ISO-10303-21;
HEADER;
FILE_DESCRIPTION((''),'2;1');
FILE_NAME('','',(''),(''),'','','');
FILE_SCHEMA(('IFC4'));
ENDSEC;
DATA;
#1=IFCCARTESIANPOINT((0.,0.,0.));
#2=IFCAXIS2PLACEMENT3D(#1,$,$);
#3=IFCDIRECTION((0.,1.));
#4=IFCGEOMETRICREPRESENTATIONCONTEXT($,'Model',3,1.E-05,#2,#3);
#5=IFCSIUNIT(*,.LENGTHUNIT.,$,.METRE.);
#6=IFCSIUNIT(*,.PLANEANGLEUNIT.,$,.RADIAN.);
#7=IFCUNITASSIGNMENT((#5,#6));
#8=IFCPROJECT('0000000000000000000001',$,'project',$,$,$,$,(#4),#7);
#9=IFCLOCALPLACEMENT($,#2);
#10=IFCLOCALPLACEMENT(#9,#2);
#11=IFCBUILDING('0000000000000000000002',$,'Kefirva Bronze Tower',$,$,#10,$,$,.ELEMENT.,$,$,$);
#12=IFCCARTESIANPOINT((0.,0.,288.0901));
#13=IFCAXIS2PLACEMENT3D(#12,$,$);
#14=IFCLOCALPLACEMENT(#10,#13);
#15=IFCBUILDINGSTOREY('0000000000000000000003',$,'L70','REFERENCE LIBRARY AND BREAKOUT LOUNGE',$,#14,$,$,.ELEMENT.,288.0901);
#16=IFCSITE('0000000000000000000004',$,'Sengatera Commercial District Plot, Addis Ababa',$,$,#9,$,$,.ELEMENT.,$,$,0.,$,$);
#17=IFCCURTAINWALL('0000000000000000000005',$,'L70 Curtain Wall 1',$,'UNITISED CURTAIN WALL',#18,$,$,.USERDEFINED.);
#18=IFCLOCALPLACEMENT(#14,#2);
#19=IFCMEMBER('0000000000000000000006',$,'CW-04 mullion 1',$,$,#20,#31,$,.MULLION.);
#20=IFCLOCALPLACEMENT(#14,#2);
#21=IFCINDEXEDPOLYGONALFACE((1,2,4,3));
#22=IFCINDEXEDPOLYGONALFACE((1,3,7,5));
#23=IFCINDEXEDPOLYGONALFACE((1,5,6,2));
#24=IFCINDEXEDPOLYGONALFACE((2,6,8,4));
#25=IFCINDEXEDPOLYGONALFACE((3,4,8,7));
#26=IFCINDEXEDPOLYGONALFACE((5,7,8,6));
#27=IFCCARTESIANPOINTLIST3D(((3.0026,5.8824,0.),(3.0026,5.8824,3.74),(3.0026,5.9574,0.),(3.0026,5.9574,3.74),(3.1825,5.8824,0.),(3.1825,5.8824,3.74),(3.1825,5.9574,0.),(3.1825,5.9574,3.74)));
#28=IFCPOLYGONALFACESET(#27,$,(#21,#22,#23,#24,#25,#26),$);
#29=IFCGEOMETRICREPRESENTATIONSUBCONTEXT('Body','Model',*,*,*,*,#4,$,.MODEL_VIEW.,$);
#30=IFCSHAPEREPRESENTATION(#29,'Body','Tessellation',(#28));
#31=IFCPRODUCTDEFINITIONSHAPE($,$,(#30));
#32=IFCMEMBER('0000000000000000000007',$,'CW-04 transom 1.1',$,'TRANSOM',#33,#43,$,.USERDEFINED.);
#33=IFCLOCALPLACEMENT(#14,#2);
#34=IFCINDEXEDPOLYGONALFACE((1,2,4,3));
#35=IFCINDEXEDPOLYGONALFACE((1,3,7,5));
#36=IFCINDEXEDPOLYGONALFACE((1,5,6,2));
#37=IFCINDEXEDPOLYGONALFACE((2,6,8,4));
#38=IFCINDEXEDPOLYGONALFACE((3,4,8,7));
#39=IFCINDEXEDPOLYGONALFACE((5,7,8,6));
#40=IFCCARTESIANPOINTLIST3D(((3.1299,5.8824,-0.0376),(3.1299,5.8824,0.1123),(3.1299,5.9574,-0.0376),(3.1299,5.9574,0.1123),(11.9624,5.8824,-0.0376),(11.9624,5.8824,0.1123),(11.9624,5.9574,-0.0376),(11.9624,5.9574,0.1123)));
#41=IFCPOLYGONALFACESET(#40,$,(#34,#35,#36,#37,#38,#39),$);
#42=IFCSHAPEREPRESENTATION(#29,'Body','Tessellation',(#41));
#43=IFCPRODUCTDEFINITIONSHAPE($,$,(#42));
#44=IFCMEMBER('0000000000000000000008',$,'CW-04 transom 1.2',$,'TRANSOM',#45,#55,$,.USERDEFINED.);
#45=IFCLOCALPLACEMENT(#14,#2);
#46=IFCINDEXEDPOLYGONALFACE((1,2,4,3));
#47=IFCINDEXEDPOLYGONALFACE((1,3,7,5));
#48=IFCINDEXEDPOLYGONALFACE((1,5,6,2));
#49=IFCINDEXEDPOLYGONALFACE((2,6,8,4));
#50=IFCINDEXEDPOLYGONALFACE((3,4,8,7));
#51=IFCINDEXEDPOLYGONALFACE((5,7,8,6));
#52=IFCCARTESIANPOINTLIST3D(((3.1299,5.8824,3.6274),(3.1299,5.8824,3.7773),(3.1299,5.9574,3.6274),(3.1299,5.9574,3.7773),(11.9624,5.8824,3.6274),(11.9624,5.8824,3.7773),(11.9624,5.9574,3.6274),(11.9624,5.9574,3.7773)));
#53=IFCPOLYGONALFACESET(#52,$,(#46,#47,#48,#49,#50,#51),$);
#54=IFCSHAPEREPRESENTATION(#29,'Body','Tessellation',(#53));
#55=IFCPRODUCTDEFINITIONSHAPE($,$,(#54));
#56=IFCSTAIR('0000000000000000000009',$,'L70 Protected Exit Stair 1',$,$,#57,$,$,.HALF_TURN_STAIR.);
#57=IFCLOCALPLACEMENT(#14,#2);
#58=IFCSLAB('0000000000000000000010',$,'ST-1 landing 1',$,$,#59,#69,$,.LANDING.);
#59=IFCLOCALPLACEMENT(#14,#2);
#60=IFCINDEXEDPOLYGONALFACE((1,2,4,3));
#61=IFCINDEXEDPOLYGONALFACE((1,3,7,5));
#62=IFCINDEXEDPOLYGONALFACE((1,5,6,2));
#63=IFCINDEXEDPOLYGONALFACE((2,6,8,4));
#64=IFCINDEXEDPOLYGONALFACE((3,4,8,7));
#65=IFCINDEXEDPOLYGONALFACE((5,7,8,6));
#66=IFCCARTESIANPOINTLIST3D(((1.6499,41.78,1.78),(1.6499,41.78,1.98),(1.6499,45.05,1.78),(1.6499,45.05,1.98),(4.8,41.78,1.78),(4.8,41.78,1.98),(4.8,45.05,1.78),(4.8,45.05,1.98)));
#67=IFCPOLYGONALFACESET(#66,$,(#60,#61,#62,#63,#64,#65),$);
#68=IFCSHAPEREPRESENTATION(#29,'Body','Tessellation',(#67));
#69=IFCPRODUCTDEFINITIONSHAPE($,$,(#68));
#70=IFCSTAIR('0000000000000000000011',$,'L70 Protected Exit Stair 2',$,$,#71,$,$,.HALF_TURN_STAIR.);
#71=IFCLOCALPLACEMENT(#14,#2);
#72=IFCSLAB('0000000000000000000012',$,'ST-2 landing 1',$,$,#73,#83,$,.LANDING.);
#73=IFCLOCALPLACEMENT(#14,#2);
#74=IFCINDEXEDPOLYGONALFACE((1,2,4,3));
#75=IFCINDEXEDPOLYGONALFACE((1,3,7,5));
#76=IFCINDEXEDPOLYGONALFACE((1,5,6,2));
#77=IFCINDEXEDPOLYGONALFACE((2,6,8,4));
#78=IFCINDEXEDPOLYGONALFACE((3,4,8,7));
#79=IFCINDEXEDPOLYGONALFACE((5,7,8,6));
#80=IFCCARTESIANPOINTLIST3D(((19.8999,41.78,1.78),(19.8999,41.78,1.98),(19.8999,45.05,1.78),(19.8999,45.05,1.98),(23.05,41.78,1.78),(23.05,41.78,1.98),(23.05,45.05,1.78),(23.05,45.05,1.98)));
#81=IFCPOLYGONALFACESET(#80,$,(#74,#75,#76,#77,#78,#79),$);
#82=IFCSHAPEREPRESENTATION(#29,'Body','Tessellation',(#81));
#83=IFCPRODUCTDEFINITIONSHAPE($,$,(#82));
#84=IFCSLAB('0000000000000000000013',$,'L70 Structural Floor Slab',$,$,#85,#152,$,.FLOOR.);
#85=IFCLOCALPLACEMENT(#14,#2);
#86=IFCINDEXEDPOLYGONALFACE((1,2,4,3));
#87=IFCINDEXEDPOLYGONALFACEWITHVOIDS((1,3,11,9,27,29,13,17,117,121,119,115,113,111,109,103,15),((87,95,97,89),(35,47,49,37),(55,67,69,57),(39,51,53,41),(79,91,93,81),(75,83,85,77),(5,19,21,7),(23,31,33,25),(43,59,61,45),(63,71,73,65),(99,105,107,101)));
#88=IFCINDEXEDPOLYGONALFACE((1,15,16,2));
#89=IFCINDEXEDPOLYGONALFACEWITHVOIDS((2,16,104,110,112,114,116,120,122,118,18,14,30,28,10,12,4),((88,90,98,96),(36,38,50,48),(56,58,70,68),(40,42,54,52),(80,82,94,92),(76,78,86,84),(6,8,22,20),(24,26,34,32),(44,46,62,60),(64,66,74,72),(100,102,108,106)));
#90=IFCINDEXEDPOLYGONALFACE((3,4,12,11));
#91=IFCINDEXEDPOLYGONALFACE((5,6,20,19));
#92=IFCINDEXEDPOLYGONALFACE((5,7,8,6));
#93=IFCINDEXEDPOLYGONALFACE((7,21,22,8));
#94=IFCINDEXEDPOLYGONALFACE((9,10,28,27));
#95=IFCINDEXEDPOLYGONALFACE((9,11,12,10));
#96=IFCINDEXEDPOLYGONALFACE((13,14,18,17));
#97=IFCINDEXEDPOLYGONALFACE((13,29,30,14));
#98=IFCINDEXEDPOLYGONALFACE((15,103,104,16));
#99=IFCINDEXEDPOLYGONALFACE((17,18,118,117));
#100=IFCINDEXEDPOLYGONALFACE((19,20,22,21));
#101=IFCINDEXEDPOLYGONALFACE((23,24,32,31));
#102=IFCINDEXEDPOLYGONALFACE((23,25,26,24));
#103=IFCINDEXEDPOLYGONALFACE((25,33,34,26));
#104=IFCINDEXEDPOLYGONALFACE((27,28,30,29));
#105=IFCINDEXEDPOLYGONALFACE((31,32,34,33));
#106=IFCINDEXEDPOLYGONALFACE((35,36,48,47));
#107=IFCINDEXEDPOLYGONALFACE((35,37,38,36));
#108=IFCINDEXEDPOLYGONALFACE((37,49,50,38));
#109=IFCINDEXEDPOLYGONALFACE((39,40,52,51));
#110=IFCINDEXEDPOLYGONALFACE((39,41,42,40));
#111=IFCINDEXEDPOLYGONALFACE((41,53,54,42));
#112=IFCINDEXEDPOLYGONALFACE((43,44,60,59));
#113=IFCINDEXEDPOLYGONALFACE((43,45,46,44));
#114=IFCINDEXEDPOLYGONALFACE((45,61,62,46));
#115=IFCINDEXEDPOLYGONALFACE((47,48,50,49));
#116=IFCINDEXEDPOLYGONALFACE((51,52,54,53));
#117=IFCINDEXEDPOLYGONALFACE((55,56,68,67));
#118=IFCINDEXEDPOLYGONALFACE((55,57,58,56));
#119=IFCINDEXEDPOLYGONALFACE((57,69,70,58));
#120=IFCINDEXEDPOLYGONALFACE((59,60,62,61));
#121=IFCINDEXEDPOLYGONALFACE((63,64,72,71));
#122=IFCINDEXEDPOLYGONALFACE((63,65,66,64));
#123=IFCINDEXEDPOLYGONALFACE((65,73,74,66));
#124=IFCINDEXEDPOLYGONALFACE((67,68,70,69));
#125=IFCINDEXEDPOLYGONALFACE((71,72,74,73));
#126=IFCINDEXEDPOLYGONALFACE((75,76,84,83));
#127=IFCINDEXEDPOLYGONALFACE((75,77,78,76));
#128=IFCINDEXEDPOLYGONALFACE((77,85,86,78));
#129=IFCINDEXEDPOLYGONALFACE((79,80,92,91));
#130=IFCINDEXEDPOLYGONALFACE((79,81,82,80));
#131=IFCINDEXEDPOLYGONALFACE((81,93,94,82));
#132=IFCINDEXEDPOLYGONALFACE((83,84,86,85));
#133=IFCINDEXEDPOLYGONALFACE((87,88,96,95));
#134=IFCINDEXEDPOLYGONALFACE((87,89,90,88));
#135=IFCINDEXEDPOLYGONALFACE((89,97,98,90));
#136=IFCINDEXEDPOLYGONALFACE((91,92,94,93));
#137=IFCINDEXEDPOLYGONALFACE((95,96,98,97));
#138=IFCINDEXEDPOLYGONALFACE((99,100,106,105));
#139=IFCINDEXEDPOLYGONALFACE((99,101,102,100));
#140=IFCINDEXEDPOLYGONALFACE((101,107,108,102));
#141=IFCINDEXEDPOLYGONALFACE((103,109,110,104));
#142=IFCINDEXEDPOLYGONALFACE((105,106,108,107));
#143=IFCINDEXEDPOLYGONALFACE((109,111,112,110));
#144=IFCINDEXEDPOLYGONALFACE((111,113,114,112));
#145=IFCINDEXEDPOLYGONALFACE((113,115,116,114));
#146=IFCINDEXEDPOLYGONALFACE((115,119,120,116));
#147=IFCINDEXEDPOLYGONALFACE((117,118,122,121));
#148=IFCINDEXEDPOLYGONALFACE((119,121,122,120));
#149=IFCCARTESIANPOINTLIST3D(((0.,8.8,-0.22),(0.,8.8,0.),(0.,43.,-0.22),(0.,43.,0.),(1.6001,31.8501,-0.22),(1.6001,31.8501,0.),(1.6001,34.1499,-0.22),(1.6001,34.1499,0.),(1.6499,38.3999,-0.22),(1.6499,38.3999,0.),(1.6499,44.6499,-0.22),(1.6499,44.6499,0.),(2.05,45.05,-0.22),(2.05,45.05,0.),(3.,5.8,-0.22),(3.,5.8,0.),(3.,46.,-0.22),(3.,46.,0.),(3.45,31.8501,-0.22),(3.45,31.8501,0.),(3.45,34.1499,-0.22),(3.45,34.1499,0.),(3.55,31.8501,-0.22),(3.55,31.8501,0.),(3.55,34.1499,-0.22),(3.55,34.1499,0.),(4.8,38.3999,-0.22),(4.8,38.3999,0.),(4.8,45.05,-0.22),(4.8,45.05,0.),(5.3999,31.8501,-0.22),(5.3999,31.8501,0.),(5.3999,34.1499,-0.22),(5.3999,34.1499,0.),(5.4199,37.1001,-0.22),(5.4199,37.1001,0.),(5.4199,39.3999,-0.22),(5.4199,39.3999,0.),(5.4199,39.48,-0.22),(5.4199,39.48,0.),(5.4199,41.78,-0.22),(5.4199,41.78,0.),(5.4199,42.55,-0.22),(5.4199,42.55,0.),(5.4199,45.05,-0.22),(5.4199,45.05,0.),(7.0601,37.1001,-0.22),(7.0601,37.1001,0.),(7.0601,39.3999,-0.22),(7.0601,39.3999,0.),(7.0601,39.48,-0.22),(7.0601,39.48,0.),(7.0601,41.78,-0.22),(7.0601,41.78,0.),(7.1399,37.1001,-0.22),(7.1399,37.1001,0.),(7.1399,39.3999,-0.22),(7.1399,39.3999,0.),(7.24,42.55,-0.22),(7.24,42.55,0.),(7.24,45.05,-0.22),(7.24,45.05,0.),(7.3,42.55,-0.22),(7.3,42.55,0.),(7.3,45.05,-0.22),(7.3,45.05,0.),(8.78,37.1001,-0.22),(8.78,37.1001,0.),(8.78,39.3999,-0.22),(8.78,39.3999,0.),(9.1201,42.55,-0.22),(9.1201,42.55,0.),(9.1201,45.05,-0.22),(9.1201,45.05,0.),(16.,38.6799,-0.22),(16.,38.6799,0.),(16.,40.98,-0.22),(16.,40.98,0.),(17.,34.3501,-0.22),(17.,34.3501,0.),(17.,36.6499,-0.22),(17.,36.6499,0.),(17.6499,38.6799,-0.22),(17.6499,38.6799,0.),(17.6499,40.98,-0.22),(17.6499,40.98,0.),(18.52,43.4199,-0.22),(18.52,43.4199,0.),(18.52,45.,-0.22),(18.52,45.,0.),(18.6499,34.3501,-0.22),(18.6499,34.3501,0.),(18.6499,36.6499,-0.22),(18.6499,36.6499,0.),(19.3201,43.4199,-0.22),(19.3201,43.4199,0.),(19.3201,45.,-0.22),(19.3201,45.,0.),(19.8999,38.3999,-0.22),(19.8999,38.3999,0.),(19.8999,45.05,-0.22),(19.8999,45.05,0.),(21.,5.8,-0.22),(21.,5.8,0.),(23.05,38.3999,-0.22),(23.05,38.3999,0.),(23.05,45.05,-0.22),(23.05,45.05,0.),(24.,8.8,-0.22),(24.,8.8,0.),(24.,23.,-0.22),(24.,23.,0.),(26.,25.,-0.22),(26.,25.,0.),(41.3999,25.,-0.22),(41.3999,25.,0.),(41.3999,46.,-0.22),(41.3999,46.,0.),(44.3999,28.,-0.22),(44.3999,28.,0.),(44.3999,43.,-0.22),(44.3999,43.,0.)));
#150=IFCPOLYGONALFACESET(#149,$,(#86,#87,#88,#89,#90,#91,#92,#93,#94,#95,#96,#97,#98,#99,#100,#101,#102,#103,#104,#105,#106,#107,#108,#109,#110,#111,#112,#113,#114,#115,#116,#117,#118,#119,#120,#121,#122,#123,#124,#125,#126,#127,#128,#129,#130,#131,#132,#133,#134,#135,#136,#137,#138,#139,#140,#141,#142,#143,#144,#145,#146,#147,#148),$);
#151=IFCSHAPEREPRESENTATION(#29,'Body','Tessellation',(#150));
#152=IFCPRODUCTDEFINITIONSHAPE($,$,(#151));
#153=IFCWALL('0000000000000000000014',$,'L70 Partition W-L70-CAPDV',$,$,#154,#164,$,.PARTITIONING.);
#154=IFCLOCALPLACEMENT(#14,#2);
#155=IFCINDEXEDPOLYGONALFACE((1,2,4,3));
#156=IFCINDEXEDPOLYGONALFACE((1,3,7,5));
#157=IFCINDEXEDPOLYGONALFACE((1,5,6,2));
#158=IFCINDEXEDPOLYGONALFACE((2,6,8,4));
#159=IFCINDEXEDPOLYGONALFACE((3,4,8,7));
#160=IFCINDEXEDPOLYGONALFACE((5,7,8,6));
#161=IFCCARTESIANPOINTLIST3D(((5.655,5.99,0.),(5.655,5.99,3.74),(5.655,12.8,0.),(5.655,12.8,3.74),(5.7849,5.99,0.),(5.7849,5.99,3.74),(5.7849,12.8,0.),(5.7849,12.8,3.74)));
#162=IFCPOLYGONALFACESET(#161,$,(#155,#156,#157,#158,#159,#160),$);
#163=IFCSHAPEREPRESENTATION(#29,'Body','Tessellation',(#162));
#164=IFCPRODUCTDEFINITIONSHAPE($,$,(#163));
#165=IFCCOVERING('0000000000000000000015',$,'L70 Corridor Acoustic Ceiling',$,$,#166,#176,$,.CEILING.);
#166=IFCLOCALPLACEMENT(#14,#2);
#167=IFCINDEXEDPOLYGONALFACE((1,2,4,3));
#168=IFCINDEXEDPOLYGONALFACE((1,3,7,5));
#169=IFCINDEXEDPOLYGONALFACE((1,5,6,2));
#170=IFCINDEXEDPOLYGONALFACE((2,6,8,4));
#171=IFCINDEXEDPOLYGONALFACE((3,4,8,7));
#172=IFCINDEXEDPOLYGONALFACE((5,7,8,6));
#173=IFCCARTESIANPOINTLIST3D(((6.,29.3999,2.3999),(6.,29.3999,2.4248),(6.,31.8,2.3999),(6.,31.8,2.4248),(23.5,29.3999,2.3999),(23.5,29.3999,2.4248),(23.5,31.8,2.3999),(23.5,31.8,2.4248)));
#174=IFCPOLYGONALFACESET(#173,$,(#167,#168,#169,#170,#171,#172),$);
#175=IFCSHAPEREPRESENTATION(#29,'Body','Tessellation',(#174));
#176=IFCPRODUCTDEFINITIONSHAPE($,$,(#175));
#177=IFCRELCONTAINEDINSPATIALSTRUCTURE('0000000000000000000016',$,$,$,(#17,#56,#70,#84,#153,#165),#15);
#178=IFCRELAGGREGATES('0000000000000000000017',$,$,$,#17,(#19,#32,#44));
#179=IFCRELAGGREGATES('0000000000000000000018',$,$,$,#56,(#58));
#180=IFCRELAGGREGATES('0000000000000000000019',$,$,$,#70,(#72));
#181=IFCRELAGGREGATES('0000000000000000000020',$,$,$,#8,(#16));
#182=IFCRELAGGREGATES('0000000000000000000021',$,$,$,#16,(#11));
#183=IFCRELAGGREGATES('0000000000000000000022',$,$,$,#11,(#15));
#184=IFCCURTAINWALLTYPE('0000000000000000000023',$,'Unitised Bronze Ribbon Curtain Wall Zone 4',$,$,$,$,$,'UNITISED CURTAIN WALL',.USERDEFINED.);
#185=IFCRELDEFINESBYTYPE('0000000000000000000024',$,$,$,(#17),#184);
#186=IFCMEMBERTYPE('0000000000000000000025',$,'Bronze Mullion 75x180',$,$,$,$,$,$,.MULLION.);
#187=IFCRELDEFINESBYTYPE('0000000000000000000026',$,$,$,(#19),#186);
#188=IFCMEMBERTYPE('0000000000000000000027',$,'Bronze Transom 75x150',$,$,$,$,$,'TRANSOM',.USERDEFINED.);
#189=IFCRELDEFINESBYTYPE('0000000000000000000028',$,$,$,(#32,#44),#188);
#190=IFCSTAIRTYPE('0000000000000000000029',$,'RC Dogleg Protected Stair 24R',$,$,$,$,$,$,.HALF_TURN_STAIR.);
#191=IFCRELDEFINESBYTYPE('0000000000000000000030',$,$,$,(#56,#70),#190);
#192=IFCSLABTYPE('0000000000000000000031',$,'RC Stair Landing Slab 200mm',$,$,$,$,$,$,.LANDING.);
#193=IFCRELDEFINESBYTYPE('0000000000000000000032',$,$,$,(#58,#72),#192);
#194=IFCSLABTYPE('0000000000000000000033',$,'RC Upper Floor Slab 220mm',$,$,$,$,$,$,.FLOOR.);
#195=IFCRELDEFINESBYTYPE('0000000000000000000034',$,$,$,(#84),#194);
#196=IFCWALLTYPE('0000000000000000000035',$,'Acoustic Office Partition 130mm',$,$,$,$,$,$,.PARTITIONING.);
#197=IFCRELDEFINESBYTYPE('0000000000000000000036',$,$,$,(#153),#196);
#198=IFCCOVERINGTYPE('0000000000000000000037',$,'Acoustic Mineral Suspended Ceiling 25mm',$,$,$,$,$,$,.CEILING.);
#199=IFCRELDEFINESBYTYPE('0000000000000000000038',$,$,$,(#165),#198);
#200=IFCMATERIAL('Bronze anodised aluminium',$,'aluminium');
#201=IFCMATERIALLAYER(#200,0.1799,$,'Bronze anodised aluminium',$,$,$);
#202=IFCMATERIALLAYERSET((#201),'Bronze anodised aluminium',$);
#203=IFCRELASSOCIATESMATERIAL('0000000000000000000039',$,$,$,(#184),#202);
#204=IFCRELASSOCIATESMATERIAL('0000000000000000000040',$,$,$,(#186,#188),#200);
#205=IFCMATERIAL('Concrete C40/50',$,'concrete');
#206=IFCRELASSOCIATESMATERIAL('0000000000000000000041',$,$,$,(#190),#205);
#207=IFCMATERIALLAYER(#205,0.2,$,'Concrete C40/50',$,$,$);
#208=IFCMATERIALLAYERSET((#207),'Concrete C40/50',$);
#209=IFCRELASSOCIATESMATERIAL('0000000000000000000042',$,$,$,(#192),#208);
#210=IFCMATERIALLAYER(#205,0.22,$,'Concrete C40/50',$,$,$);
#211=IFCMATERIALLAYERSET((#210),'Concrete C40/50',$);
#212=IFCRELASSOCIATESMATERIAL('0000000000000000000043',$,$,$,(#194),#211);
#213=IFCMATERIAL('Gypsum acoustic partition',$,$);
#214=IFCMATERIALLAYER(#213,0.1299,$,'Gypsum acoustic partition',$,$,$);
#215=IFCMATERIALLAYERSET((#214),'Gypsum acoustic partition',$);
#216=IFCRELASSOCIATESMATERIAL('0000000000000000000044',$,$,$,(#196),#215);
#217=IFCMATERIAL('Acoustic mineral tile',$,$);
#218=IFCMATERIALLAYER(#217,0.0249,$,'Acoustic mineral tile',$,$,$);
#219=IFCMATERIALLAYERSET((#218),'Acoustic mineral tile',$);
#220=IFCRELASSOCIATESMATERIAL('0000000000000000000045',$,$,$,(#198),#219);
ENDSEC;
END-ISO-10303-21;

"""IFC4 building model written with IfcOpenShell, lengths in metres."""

from ifc_helpers import new_model, si_unit, direction, frame, frame_2d, origin, origin_2d, place, context, subcontext, project, spatial, polyline, rectangle, outline, extrude, material, layer, layer_set, material_profile, profile_set, type_object, element, aggregate, save


model = new_model("IFC4")

# Units and contexts
model_context = context("Model", 3, precision=1e-05, world=origin(), true_north=direction((0.0, 1.0)))
body_context = subcontext(model_context, "Body", "Model", "MODEL_VIEW")
ifc_project = project(units=[si_unit("LENGTHUNIT", "METRE"), si_unit("PLANEANGLEUNIT", "RADIAN")], contexts=[model_context])

# Site, building, storey
site_placement = place(None, origin())
site = spatial("IfcSite", under=ifc_project, at=site_placement, Name="Sengatera Commercial District Plot, Addis Ababa", CompositionType="ELEMENT", RefElevation=0.0)
building_placement = place(site_placement, origin())
building = spatial("IfcBuilding", under=site, at=building_placement, Name="Kefirva Bronze Tower", CompositionType="ELEMENT")
storey_placement = place(building_placement, frame((0.0, 0.0, 288.0901)))
storey = spatial("IfcBuildingStorey", under=building, at=storey_placement, Name="L70", Description="REFERENCE LIBRARY AND BREAKOUT LOUNGE", CompositionType="ELEMENT", Elevation=288.0901)

# Curtain wall, members
ifc_material_1 = material(Name="Bronze anodised aluminium", Category="aluminium")
ifc_layer_1 = layer(ifc_material_1, 0.1799, Name="Bronze anodised aluminium")
ifc_layer_set_1 = layer_set([ifc_layer_1], Name="Bronze anodised aluminium")
curtain_wall_type = type_object("IfcCurtainWallType", Name="Unitised Bronze Ribbon Curtain Wall Zone 4", ElementType="UNITISED CURTAIN WALL", PredefinedType="USERDEFINED", material=ifc_layer_set_1)
curtain_wall_placement = place(storey_placement, origin())
curtain_wall = element("IfcCurtainWall", 1, at=curtain_wall_placement, inside=storey, type_object=curtain_wall_type, Name="L70 Curtain Wall 1", ObjectType="UNITISED CURTAIN WALL", PredefinedType="USERDEFINED")
ifc_material_profile_1 = material_profile(ifc_material_1, rectangle(XDim=0.075, YDim=0.1799, at=origin_2d()), Name="ALU 75x180")
ifc_profile_set_1 = profile_set([ifc_material_profile_1], Name="Bronze anodised aluminium")
member_type_1 = type_object("IfcMemberType", Name="Bronze Mullion 75x180", PredefinedType="MULLION", material=ifc_profile_set_1)
member_1_placement = place(storey_placement, frame((3.0925, 5.9199, 0.0), z_axis=(0.0, 0.0, 1.0), x_axis=(0.0, 1.0, 0.0)))
member_1 = element("IfcMember", 2, at=member_1_placement, type_object=member_type_1, Name="CW-04 mullion 1", PredefinedType="MULLION", context=body_context, shape_type="SweptSolid", body=[
    extrude(rectangle(XDim=0.075, YDim=0.1799, at=origin_2d()), origin(), (0.0, 0.0, 1.0), 3.74),
])
ifc_material_profile_2 = material_profile(ifc_material_1, rectangle(XDim=0.075, YDim=0.1499, at=origin_2d()), Name="ALU 75x150")
ifc_profile_set_2 = profile_set([ifc_material_profile_2], Name="Bronze anodised aluminium")
member_type_2 = type_object("IfcMemberType", Name="Bronze Transom 75x150", ElementType="TRANSOM", PredefinedType="USERDEFINED", material=ifc_profile_set_2)
member_2_placement = place(storey_placement, frame((3.1299, 5.9199, 0.0374), z_axis=(1.0, 0.0, 0.0), x_axis=(0.0, 1.0, 0.0)))
member_2 = element("IfcMember", 3, at=member_2_placement, type_object=member_type_2, Name="CW-04 transom 1.1", ObjectType="TRANSOM", PredefinedType="USERDEFINED", context=body_context, shape_type="SweptSolid", body=[
    extrude(rectangle(XDim=0.075, YDim=0.1499, at=origin_2d()), origin(), (0.0, 0.0, 1.0), 8.8325),
])
member_3_placement = place(storey_placement, frame((3.1299, 5.9199, 3.7024), z_axis=(1.0, 0.0, 0.0), x_axis=(0.0, 1.0, 0.0)))
member_3 = element("IfcMember", 4, at=member_3_placement, type_object=member_type_2, Name="CW-04 transom 1.2", ObjectType="TRANSOM", PredefinedType="USERDEFINED", context=body_context, shape_type="SweptSolid", body=[
    extrude(rectangle(XDim=0.075, YDim=0.1499, at=origin_2d()), origin(), (0.0, 0.0, 1.0), 8.8325),
])
aggregate(curtain_wall, [member_1, member_2, member_3])

# Stairs, slabs
ifc_material_2 = material(Name="Concrete C40/50", Category="concrete")
stair_type = type_object("IfcStairType", Name="RC Dogleg Protected Stair 24R", PredefinedType="HALF_TURN_STAIR", material=ifc_material_2)
stair_1_placement = place(storey_placement, origin())
stair_1 = element("IfcStair", 5, at=stair_1_placement, inside=storey, type_object=stair_type, Name="L70 Protected Exit Stair 1", PredefinedType="HALF_TURN_STAIR")
ifc_layer_2 = layer(ifc_material_2, 0.2, Name="Concrete C40/50")
ifc_layer_set_2 = layer_set([ifc_layer_2], Name="Concrete C40/50")
slab_type_1 = type_object("IfcSlabType", Name="RC Stair Landing Slab 200mm", PredefinedType="LANDING", material=ifc_layer_set_2)
slab_1_placement = place(storey_placement, frame((0.0, 0.0, 1.78)))
slab_1 = element("IfcSlab", 6, at=slab_1_placement, type_object=slab_type_1, Name="ST-1 landing 1", PredefinedType="LANDING", context=body_context, shape_type="SweptSolid", body=[
    extrude(outline(polyline([(4.8, 41.78), (4.8, 45.05), (1.6499, 45.05), (1.6499, 41.78), (4.8, 41.78)])), origin(), (0.0, 0.0, 1.0), 0.2),
])
aggregate(stair_1, [slab_1])
stair_2_placement = place(storey_placement, origin())
stair_2 = element("IfcStair", 7, at=stair_2_placement, inside=storey, type_object=stair_type, Name="L70 Protected Exit Stair 2", PredefinedType="HALF_TURN_STAIR")
slab_2_placement = place(storey_placement, frame((0.0, 0.0, 1.78)))
slab_2 = element("IfcSlab", 8, at=slab_2_placement, type_object=slab_type_1, Name="ST-2 landing 1", PredefinedType="LANDING", context=body_context, shape_type="SweptSolid", body=[
    extrude(outline(polyline([(23.05, 41.78), (23.05, 45.05), (19.8999, 45.05), (19.8999, 41.78), (23.05, 41.78)])), origin(), (0.0, 0.0, 1.0), 0.2),
])
aggregate(stair_2, [slab_2])

# Slab
ifc_layer_3 = layer(ifc_material_2, 0.22, Name="Concrete C40/50")
ifc_layer_set_3 = layer_set([ifc_layer_3], Name="Concrete C40/50")
slab_type_2 = type_object("IfcSlabType", Name="RC Upper Floor Slab 220mm", PredefinedType="FLOOR", material=ifc_layer_set_3)
slab_3_placement = place(storey_placement, frame((0.0, 0.0, -0.22)))
element("IfcSlab", 9, at=slab_3_placement, inside=storey, type_object=slab_type_2, Name="L70 Structural Floor Slab", PredefinedType="FLOOR", context=body_context, shape_type="SweptSolid", body=[
    extrude(outline(polyline([(0.0, 8.8), (0.0, 43.0), (1.6499, 44.6499), (1.6499, 38.3999), (4.8, 38.3999), (4.8, 45.05), (2.05, 45.05), (3.0, 46.0), (41.3999, 46.0), (44.3999, 43.0), (44.3999, 28.0), (41.3999, 25.0), (26.0, 25.0), (24.0, 23.0), (24.0, 8.8), (21.0, 5.8), (3.0, 5.8), (0.0, 8.8)]), holes=[polyline([(23.05, 45.05), (19.8999, 45.05), (19.8999, 38.3999), (23.05, 38.3999), (23.05, 45.05)]), polyline([(19.3201, 43.4199), (19.3201, 45.0), (18.52, 45.0), (18.52, 43.4199), (19.3201, 43.4199)]), polyline([(18.6499, 36.6499), (17.0, 36.6499), (17.0, 34.3501), (18.6499, 34.3501), (18.6499, 36.6499)]), polyline([(17.6499, 38.6799), (17.6499, 40.98), (16.0, 40.98), (16.0, 38.6799), (17.6499, 38.6799)]), polyline([(9.1201, 42.55), (9.1201, 45.05), (7.3, 45.05), (7.3, 42.55), (9.1201, 42.55)]), polyline([(8.78, 37.1001), (8.78, 39.3999), (7.1399, 39.3999), (7.1399, 37.1001), (8.78, 37.1001)]), polyline([(7.24, 42.55), (7.24, 45.05), (5.4199, 45.05), (5.4199, 42.55), (7.24, 42.55)]), polyline([(7.0601, 37.1001), (7.0601, 39.3999), (5.4199, 39.3999), (5.4199, 37.1001), (7.0601, 37.1001)]), polyline([(7.0601, 41.78), (5.4199, 41.78), (5.4199, 39.48), (7.0601, 39.48), (7.0601, 41.78)]), polyline([(5.3999, 31.8501), (5.3999, 34.1499), (3.55, 34.1499), (3.55, 31.8501), (5.3999, 31.8501)]), polyline([(3.45, 34.1499), (1.6001, 34.1499), (1.6001, 31.8501), (3.45, 31.8501), (3.45, 34.1499)])]), origin(), (0.0, 0.0, 1.0), 0.22),
])

# Wall
ifc_material_3 = material(Name="Gypsum acoustic partition")
ifc_layer_4 = layer(ifc_material_3, 0.1299, Name="Gypsum acoustic partition")
ifc_layer_set_4 = layer_set([ifc_layer_4], Name="Gypsum acoustic partition")
wall_type = type_object("IfcWallType", Name="Acoustic Office Partition 130mm", PredefinedType="PARTITIONING", material=ifc_layer_set_4)
wall_placement = place(storey_placement, frame((5.72, 5.99, 0.0), z_axis=(0.0, 0.0, 1.0), x_axis=(0.0, 1.0, 0.0)))
element("IfcWall", 10, at=wall_placement, inside=storey, type_object=wall_type, Name="L70 Partition W-L70-CAPDV", PredefinedType="PARTITIONING", context=body_context, shape_type="SweptSolid", body=[
    extrude(rectangle(XDim=6.8101, YDim=0.1299, at=frame_2d((3.405, 0.0))), origin(), (0.0, 0.0, 1.0), 3.74),
])

# Covering
ifc_material_4 = material(Name="Acoustic mineral tile")
ifc_layer_5 = layer(ifc_material_4, 0.0249, Name="Acoustic mineral tile")
ifc_layer_set_5 = layer_set([ifc_layer_5], Name="Acoustic mineral tile")
covering_type_1 = type_object("IfcCoveringType", Name="Acoustic Mineral Suspended Ceiling 25mm", PredefinedType="CEILING", material=ifc_layer_set_5)
covering_1_placement = place(storey_placement, frame((0.0, 0.0, 2.3999)))
element("IfcCovering", 11, at=covering_1_placement, inside=storey, type_object=covering_type_1, Name="L70 Corridor Acoustic Ceiling", PredefinedType="CEILING", context=body_context, shape_type="SweptSolid", body=[
    extrude(outline(polyline([(6.0, 29.3999), (23.5, 29.3999), (23.5, 31.8), (6.0, 31.8), (6.0, 29.3999)])), origin(), (0.0, 0.0, 1.0), 0.0249),
])

save(model, "model.ifc")
